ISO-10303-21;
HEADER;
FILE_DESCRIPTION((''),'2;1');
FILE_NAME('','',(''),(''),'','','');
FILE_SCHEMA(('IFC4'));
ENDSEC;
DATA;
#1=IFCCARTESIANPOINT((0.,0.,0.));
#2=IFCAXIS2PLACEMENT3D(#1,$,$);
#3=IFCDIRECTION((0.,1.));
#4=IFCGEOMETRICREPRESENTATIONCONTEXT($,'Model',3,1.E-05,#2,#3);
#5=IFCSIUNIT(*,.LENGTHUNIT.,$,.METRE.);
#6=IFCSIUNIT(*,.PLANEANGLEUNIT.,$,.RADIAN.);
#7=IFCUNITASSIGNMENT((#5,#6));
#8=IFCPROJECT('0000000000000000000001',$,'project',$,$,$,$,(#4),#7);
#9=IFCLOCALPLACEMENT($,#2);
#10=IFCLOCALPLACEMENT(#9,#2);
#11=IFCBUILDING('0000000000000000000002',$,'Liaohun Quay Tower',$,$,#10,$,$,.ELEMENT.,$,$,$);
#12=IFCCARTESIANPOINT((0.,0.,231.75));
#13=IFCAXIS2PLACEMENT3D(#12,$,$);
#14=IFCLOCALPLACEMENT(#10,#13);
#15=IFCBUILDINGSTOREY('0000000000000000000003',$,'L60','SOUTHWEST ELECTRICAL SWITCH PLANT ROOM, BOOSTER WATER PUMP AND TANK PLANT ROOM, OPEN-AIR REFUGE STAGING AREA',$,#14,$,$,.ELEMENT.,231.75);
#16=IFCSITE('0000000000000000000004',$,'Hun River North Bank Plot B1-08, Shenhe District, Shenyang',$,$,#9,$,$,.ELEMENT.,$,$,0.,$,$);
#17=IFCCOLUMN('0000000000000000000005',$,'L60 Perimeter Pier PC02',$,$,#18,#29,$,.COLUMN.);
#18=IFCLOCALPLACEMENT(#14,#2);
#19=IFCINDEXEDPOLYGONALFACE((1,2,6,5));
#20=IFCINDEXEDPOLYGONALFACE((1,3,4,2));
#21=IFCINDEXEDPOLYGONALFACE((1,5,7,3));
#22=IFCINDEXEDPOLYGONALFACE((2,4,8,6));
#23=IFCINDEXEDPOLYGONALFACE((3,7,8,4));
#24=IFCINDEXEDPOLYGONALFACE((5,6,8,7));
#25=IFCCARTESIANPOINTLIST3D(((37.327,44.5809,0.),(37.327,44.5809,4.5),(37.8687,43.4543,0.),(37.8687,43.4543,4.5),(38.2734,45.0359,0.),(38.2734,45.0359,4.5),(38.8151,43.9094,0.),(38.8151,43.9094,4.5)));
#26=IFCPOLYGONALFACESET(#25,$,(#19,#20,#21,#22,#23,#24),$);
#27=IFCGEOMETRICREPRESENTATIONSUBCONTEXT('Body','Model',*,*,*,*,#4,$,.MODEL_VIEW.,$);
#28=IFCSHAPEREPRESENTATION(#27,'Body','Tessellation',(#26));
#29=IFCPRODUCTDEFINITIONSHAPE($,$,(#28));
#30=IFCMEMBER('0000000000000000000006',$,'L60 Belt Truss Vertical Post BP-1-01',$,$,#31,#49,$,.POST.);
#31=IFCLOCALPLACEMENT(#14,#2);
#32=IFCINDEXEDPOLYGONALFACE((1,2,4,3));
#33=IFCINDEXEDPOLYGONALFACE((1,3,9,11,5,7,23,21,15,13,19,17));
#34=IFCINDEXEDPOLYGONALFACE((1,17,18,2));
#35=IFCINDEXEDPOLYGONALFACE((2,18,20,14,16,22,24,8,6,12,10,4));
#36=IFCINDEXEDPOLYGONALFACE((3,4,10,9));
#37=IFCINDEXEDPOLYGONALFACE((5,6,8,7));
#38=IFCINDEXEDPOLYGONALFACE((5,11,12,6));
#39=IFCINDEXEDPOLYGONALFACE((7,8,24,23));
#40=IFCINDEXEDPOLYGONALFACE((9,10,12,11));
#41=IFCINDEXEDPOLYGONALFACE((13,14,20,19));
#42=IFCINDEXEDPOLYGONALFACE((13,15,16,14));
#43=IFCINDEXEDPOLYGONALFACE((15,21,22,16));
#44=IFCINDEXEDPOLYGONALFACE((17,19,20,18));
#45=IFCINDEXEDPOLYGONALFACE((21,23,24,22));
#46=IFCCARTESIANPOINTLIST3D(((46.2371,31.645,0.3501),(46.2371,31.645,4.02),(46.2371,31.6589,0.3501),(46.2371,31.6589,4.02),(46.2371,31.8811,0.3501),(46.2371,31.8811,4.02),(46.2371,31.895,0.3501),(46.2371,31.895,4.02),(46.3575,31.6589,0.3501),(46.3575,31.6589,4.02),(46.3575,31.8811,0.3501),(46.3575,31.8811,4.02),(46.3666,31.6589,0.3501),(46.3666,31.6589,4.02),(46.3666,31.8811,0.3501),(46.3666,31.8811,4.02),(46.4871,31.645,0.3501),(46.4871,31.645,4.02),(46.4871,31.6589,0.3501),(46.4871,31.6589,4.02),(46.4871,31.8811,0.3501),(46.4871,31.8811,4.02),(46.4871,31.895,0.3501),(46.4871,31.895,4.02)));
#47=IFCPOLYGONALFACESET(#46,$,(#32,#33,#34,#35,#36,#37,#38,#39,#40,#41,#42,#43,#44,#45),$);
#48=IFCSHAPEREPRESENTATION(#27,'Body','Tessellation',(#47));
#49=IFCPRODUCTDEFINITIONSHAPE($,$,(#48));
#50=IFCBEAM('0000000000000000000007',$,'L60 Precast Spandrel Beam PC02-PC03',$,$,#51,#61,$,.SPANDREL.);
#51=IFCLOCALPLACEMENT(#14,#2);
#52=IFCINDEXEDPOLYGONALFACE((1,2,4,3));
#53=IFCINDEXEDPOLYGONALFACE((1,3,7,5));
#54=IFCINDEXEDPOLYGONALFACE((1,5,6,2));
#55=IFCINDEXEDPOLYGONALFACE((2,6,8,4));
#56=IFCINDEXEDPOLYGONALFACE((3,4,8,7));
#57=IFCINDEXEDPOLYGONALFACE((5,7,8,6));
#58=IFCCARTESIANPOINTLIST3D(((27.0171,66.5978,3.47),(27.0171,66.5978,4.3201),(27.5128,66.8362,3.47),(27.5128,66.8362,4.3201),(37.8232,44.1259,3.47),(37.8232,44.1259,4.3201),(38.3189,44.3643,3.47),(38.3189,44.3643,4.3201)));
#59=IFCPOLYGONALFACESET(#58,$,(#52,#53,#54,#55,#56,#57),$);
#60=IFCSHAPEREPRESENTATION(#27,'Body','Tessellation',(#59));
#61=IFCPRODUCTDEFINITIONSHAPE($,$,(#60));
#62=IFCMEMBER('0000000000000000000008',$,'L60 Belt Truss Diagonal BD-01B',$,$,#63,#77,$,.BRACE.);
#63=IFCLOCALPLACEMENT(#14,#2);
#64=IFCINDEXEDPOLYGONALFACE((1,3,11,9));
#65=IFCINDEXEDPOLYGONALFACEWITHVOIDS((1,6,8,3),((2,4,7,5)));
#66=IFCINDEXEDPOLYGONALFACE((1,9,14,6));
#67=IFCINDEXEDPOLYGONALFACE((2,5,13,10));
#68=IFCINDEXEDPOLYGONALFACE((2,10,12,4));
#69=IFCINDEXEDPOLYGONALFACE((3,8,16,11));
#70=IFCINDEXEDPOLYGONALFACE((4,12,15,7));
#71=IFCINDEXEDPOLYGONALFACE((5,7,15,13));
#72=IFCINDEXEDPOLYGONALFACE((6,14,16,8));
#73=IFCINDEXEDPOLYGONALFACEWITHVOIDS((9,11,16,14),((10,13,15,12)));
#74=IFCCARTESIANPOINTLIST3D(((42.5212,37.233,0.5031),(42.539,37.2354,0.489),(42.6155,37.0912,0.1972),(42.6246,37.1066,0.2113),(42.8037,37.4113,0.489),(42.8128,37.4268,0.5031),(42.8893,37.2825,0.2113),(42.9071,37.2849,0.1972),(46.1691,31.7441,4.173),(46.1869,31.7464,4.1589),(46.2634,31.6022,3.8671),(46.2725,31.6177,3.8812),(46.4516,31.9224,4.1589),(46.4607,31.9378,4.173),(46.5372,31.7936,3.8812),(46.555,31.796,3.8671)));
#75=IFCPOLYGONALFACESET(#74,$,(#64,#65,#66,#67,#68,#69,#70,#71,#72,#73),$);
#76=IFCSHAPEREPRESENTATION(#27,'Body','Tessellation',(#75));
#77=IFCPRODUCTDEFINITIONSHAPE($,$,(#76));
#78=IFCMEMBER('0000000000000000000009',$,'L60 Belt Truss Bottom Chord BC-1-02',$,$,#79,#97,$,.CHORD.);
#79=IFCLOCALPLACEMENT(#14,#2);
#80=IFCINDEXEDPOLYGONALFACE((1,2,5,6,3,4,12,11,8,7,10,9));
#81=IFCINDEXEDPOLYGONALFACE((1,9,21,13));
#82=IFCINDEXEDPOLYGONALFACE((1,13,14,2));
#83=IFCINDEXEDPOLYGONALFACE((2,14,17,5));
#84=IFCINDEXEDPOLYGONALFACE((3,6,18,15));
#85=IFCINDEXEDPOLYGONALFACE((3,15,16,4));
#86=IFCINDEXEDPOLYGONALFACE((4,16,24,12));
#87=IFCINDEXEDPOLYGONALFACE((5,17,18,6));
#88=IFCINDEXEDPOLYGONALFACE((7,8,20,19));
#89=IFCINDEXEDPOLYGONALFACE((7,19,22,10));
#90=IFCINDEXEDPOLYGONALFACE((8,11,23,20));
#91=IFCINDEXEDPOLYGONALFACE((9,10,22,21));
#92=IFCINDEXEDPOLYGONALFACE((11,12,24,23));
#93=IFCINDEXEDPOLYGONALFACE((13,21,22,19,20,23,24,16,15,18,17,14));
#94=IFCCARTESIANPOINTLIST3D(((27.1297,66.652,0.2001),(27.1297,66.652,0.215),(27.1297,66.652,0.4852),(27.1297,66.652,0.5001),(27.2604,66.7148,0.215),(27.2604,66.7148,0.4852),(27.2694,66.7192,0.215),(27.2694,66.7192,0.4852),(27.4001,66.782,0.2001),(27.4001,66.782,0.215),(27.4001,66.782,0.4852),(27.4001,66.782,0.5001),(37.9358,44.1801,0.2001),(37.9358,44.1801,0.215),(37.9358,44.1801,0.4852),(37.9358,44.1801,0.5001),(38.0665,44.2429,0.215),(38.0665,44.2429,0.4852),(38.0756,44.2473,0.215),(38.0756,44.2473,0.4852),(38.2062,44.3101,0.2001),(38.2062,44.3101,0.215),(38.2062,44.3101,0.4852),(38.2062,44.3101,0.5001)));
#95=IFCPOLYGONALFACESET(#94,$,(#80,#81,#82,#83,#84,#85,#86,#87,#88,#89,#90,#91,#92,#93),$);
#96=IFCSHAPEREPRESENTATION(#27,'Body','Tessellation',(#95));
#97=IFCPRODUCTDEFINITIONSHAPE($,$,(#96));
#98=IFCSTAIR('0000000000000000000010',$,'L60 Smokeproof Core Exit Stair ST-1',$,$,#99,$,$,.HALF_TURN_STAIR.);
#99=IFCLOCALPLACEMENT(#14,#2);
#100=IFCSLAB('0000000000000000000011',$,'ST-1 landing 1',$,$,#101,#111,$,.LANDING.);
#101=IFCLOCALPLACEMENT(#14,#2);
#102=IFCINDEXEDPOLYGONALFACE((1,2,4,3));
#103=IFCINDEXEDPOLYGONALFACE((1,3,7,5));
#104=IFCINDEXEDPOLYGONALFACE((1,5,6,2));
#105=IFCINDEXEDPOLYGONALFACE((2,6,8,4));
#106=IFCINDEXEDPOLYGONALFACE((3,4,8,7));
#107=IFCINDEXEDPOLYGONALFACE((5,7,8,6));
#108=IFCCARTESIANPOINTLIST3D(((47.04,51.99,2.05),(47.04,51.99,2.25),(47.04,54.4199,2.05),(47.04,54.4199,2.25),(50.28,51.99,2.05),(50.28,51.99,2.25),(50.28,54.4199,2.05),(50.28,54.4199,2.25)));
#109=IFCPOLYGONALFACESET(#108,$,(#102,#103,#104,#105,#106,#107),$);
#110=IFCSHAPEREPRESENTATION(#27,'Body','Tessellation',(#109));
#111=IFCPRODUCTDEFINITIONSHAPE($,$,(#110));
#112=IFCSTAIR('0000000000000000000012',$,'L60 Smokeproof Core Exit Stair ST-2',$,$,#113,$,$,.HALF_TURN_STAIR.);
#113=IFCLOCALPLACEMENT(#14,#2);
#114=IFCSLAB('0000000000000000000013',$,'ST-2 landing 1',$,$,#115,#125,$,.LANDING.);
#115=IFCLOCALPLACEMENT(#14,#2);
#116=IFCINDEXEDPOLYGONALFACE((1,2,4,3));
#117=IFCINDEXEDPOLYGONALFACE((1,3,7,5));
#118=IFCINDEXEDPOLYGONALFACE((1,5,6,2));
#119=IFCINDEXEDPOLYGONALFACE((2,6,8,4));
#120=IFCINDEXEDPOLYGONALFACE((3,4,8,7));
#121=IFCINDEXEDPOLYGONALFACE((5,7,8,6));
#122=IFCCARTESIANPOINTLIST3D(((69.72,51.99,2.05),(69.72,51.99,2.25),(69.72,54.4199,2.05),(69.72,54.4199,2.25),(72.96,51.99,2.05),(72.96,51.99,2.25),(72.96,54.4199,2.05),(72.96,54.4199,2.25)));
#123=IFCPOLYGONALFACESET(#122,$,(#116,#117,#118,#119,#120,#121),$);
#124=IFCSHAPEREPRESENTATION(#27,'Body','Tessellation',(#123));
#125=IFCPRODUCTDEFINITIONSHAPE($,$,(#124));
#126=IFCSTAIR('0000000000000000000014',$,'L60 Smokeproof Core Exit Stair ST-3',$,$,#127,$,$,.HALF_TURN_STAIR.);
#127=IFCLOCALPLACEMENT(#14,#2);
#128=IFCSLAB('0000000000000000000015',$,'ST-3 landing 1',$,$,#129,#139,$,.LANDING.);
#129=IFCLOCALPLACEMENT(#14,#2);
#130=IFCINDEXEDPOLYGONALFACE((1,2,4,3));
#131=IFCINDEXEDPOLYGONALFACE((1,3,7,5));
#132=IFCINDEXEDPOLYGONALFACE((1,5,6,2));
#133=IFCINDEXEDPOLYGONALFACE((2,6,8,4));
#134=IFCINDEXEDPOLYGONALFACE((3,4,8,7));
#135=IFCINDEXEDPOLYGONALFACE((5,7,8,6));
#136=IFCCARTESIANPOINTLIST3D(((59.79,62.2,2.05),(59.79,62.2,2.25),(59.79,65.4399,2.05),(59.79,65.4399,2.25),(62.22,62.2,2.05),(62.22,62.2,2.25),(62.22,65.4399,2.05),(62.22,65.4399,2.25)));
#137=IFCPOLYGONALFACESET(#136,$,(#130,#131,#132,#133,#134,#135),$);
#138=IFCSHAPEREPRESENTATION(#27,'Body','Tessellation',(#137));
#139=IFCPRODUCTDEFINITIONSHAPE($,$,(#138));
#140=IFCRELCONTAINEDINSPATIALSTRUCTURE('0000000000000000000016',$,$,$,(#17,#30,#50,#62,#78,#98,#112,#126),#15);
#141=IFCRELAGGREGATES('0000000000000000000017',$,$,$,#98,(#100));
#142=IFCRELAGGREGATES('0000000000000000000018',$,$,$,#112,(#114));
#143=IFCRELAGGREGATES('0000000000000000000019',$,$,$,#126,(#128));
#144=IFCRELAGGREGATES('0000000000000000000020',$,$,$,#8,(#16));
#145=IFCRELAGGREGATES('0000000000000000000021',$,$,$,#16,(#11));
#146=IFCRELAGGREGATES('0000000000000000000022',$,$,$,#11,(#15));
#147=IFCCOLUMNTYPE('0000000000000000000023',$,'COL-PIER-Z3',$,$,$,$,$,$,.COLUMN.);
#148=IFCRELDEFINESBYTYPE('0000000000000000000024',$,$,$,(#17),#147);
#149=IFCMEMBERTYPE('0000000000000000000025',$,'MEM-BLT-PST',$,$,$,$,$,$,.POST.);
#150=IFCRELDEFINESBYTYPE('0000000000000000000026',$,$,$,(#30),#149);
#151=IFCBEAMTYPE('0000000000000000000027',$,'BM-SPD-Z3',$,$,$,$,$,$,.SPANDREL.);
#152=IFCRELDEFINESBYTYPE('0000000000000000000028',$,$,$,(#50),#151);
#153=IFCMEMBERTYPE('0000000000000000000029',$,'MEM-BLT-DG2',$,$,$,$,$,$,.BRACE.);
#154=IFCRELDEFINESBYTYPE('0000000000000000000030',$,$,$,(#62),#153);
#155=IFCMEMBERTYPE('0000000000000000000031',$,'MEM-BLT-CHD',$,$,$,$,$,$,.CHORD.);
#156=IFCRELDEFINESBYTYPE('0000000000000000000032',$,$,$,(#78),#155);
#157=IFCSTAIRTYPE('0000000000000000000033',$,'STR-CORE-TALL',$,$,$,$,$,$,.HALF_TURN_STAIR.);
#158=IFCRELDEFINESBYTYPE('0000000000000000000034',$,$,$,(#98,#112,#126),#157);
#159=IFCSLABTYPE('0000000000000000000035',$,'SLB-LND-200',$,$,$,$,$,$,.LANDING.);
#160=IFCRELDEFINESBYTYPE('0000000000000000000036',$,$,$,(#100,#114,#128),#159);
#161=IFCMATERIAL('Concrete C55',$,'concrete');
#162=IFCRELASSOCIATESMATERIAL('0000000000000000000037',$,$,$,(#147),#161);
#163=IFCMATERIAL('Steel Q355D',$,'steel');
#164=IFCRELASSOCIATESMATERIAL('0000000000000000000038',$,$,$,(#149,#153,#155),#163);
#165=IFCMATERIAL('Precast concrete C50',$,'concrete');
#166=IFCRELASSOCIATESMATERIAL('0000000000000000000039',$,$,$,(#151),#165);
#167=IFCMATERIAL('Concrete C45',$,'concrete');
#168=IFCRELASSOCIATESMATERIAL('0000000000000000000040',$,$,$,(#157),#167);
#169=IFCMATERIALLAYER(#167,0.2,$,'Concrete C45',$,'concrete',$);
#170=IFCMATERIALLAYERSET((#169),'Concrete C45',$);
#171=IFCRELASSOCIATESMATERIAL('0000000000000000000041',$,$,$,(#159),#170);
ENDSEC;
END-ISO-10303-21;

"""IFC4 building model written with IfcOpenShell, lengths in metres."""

from ifc_helpers import new_model, si_unit, direction, frame, origin, origin_2d, place, context, subcontext, project, spatial, polyline, rectangle, hollow_rectangle, i_section, outline, extrude, source, transform, mapped, material, layer, layer_set, material_profile, profile_set, type_object, element, aggregate, save


model = new_model("IFC4")

# Units and contexts
model_context = context("Model", 3, precision=1e-05, world=origin(), true_north=direction((0.0, 1.0)))
body_context = subcontext(model_context, "Body", "Model", "MODEL_VIEW")
ifc_project = project(units=[si_unit("LENGTHUNIT", "METRE"), si_unit("PLANEANGLEUNIT", "RADIAN")], contexts=[model_context])

# Site, building, storey
site_placement = place(None, origin())
site = spatial("IfcSite", under=ifc_project, at=site_placement, Name="Hun River North Bank Plot B1-08, Shenhe District, Shenyang", CompositionType="ELEMENT", RefElevation=0.0)
building_placement = place(site_placement, origin())
building = spatial("IfcBuilding", under=site, at=building_placement, Name="Liaohun Quay Tower", CompositionType="ELEMENT")
storey_placement = place(building_placement, frame((0.0, 0.0, 231.75)))
storey = spatial("IfcBuildingStorey", under=building, at=storey_placement, Name="L60", Description="SOUTHWEST ELECTRICAL SWITCH PLANT ROOM, BOOSTER WATER PUMP AND TANK PLANT ROOM, OPEN-AIR REFUGE STAGING AREA", CompositionType="ELEMENT", Elevation=231.75)

# Column
ifc_material_1 = material(Name="Concrete C55", Category="concrete")
ifc_material_profile_1 = material_profile(ifc_material_1, rectangle(XDim=1.25, YDim=1.05, at=origin_2d()), Name="RC1250x1050")
ifc_profile_set_1 = profile_set([ifc_material_profile_1], Name="Concrete C55")
column_type = type_object("IfcColumnType", Name="COL-PIER-Z3", PredefinedType="COLUMN", material=ifc_profile_set_1)
shared_shape_1 = source(origin(), body_context, "Body", "SweptSolid", [
    extrude(rectangle(XDim=1.25, YDim=1.05, at=origin_2d()), origin(), (0.0, 0.0, 1.0), 4.5),
])
column_placement = place(storey_placement, frame((38.071, 44.2451, 0.0), z_axis=(0.0, 0.0, 1.0), x_axis=(-0.433345, 0.901228, 0.0)))
element("IfcColumn", 1, at=column_placement, inside=storey, type_object=column_type, Name="L60 Perimeter Pier PC02", PredefinedType="COLUMN", context=body_context, shape_type="MappedRepresentation", body=[
    mapped(shared_shape_1, transform((0.0, 0.0, 0.0), x_axis=(1.0, 0.0, 0.0), y_axis=(0.0, 1.0, 0.0), z_axis=(0.0, 0.0, 1.0), scale=1.0)),
])

# Member
ifc_material_2 = material(Name="Steel Q355D", Category="steel")
ifc_material_profile_2 = material_profile(ifc_material_2, i_section(OverallWidth=0.25, OverallDepth=0.25, WebThickness=0.009, FlangeThickness=0.0139, at=origin_2d()), Name="HW250x250x9x14")
ifc_profile_set_2 = profile_set([ifc_material_profile_2], Name="Steel Q355D")
member_type_1 = type_object("IfcMemberType", Name="MEM-BLT-PST", PredefinedType="POST", material=ifc_profile_set_2)
shared_shape_2 = source(origin(), body_context, "Body", "SweptSolid", [
    extrude(i_section(OverallWidth=0.25, OverallDepth=0.25, WebThickness=0.009, FlangeThickness=0.0139, at=origin_2d()), origin(), (0.0, 0.0, 1.0), 3.6699),
])
member_1_placement = place(storey_placement, frame((46.3621, 31.77, 0.3501), z_axis=(0.0, 0.0, 1.0), x_axis=(1.0, 0.0, 0.0)))
element("IfcMember", 2, at=member_1_placement, inside=storey, type_object=member_type_1, Name="L60 Belt Truss Vertical Post BP-1-01", PredefinedType="POST", context=body_context, shape_type="MappedRepresentation", body=[
    mapped(shared_shape_2, transform((0.0, 0.0, 0.0), x_axis=(1.0, 0.0, 0.0), y_axis=(0.0, 1.0, 0.0), z_axis=(0.0, 0.0, 1.0), scale=1.0)),
])

# Beam
ifc_material_3 = material(Name="Precast concrete C50", Category="concrete")
ifc_material_profile_3 = material_profile(ifc_material_3, rectangle(XDim=0.55, YDim=0.8501, at=origin_2d()), Name="RC550x850")
ifc_profile_set_3 = profile_set([ifc_material_profile_3], Name="Precast concrete C50")
beam_type = type_object("IfcBeamType", Name="BM-SPD-Z3", PredefinedType="SPANDREL", material=ifc_profile_set_3)
shared_shape_3 = source(origin(), body_context, "Body", "SweptSolid", [
    extrude(rectangle(XDim=0.55, YDim=0.8501, at=origin_2d()), origin(), (0.0, 0.0, 1.0), 24.9351),
])
beam_placement = place(storey_placement, frame((38.071, 44.2451, 3.895), z_axis=(-0.433371, 0.901216, 0.0), x_axis=(-0.901216, -0.433371, 0.0)))
element("IfcBeam", 3, at=beam_placement, inside=storey, type_object=beam_type, Name="L60 Precast Spandrel Beam PC02-PC03", PredefinedType="SPANDREL", context=body_context, shape_type="MappedRepresentation", body=[
    mapped(shared_shape_3, transform((0.0, 0.0, 0.0), x_axis=(1.0, 0.0, 0.0), y_axis=(0.0, 1.0, 0.0), z_axis=(0.0, 0.0, 1.0), scale=1.0)),
])

# Members
ifc_material_profile_4 = material_profile(ifc_material_2, hollow_rectangle(XDim=0.3501, YDim=0.3501, WallThickness=0.0161, at=origin_2d()), Name="SHS350x350x16")
ifc_profile_set_4 = profile_set([ifc_material_profile_4], Name="Steel Q355D")
member_type_2 = type_object("IfcMemberType", Name="MEM-BLT-DG2", PredefinedType="BRACE", material=ifc_profile_set_4)
shared_shape_4 = source(origin(), body_context, "Body", "SweptSolid", [
    extrude(hollow_rectangle(XDim=0.3501, YDim=0.3501, WallThickness=0.0161, at=origin_2d()), origin(), (0.0, 0.0, 1.0), 7.5435),
])
member_2_placement = place(storey_placement, frame((46.3621, 31.77, 4.02), z_axis=(-0.483585, 0.727643, -0.486498), x_axis=(-0.832847, -0.553503, 0.0)))
element("IfcMember", 4, at=member_2_placement, inside=storey, type_object=member_type_2, Name="L60 Belt Truss Diagonal BD-01B", PredefinedType="BRACE", context=body_context, shape_type="MappedRepresentation", body=[
    mapped(shared_shape_4, transform((0.0, 0.0, 0.0), x_axis=(1.0, 0.0, 0.0), y_axis=(0.0, 1.0, 0.0), z_axis=(0.0, 0.0, 1.0), scale=1.0)),
])
ifc_material_profile_5 = material_profile(ifc_material_2, i_section(OverallWidth=0.3, OverallDepth=0.3, WebThickness=0.01, FlangeThickness=0.0149, at=origin_2d()), Name="HW300x300x10x15")
ifc_profile_set_5 = profile_set([ifc_material_profile_5], Name="Steel Q355D")
member_type_3 = type_object("IfcMemberType", Name="MEM-BLT-CHD", PredefinedType="CHORD", material=ifc_profile_set_5)
shared_shape_5 = source(origin(), body_context, "Body", "SweptSolid", [
    extrude(i_section(OverallWidth=0.3, OverallDepth=0.3, WebThickness=0.01, FlangeThickness=0.0149, at=origin_2d()), origin(), (0.0, 0.0, 1.0), 24.9351),
])
member_3_placement = place(storey_placement, frame((38.071, 44.2451, 0.3501), z_axis=(-0.433371, 0.901216, 0.0), x_axis=(-0.901216, -0.433371, 0.0)))
element("IfcMember", 5, at=member_3_placement, inside=storey, type_object=member_type_3, Name="L60 Belt Truss Bottom Chord BC-1-02", PredefinedType="CHORD", context=body_context, shape_type="MappedRepresentation", body=[
    mapped(shared_shape_5, transform((0.0, 0.0, 0.0), x_axis=(1.0, 0.0, 0.0), y_axis=(0.0, 1.0, 0.0), z_axis=(0.0, 0.0, 1.0), scale=1.0)),
])

# Stairs, slabs
ifc_material_4 = material(Name="Concrete C45", Category="concrete")
stair_type = type_object("IfcStairType", Name="STR-CORE-TALL", PredefinedType="HALF_TURN_STAIR", material=ifc_material_4)
stair_1_placement = place(storey_placement, origin())
stair_1 = element("IfcStair", 6, at=stair_1_placement, inside=storey, type_object=stair_type, Name="L60 Smokeproof Core Exit Stair ST-1", PredefinedType="HALF_TURN_STAIR")
ifc_layer_1 = layer(ifc_material_4, 0.2, Name="Concrete C45", Category="concrete")
ifc_layer_set_1 = layer_set([ifc_layer_1], Name="Concrete C45")
slab_type_1 = type_object("IfcSlabType", Name="SLB-LND-200", PredefinedType="LANDING", material=ifc_layer_set_1)
slab_1_placement = place(storey_placement, frame((0.0, 0.0, 2.05)))
slab_1 = element("IfcSlab", 7, at=slab_1_placement, type_object=slab_type_1, Name="ST-1 landing 1", PredefinedType="LANDING", context=body_context, shape_type="SweptSolid", body=[
    extrude(outline(polyline([(50.28, 51.99), (50.28, 54.4199), (47.04, 54.4199), (47.04, 51.99), (50.28, 51.99)])), origin(), (0.0, 0.0, 1.0), 0.2),
])
aggregate(stair_1, [slab_1])
stair_2_placement = place(storey_placement, origin())
stair_2 = element("IfcStair", 8, at=stair_2_placement, inside=storey, type_object=stair_type, Name="L60 Smokeproof Core Exit Stair ST-2", PredefinedType="HALF_TURN_STAIR")
slab_2_placement = place(storey_placement, frame((0.0, 0.0, 2.05)))
slab_2 = element("IfcSlab", 9, at=slab_2_placement, type_object=slab_type_1, Name="ST-2 landing 1", PredefinedType="LANDING", context=body_context, shape_type="SweptSolid", body=[
    extrude(outline(polyline([(72.96, 51.99), (72.96, 54.4199), (69.72, 54.4199), (69.72, 51.99), (72.96, 51.99)])), origin(), (0.0, 0.0, 1.0), 0.2),
])
aggregate(stair_2, [slab_2])
stair_3_placement = place(storey_placement, origin())
stair_3 = element("IfcStair", 10, at=stair_3_placement, inside=storey, type_object=stair_type, Name="L60 Smokeproof Core Exit Stair ST-3", PredefinedType="HALF_TURN_STAIR")
slab_3_placement = place(storey_placement, frame((0.0, 0.0, 2.05)))
slab_3 = element("IfcSlab", 11, at=slab_3_placement, type_object=slab_type_1, Name="ST-3 landing 1", PredefinedType="LANDING", context=body_context, shape_type="SweptSolid", body=[
    extrude(outline(polyline([(59.79, 62.2), (62.22, 62.2), (62.22, 65.4399), (59.79, 65.4399), (59.79, 62.2)])), origin(), (0.0, 0.0, 1.0), 0.2),
])
aggregate(stair_3, [slab_3])

save(model, "model.ifc")
